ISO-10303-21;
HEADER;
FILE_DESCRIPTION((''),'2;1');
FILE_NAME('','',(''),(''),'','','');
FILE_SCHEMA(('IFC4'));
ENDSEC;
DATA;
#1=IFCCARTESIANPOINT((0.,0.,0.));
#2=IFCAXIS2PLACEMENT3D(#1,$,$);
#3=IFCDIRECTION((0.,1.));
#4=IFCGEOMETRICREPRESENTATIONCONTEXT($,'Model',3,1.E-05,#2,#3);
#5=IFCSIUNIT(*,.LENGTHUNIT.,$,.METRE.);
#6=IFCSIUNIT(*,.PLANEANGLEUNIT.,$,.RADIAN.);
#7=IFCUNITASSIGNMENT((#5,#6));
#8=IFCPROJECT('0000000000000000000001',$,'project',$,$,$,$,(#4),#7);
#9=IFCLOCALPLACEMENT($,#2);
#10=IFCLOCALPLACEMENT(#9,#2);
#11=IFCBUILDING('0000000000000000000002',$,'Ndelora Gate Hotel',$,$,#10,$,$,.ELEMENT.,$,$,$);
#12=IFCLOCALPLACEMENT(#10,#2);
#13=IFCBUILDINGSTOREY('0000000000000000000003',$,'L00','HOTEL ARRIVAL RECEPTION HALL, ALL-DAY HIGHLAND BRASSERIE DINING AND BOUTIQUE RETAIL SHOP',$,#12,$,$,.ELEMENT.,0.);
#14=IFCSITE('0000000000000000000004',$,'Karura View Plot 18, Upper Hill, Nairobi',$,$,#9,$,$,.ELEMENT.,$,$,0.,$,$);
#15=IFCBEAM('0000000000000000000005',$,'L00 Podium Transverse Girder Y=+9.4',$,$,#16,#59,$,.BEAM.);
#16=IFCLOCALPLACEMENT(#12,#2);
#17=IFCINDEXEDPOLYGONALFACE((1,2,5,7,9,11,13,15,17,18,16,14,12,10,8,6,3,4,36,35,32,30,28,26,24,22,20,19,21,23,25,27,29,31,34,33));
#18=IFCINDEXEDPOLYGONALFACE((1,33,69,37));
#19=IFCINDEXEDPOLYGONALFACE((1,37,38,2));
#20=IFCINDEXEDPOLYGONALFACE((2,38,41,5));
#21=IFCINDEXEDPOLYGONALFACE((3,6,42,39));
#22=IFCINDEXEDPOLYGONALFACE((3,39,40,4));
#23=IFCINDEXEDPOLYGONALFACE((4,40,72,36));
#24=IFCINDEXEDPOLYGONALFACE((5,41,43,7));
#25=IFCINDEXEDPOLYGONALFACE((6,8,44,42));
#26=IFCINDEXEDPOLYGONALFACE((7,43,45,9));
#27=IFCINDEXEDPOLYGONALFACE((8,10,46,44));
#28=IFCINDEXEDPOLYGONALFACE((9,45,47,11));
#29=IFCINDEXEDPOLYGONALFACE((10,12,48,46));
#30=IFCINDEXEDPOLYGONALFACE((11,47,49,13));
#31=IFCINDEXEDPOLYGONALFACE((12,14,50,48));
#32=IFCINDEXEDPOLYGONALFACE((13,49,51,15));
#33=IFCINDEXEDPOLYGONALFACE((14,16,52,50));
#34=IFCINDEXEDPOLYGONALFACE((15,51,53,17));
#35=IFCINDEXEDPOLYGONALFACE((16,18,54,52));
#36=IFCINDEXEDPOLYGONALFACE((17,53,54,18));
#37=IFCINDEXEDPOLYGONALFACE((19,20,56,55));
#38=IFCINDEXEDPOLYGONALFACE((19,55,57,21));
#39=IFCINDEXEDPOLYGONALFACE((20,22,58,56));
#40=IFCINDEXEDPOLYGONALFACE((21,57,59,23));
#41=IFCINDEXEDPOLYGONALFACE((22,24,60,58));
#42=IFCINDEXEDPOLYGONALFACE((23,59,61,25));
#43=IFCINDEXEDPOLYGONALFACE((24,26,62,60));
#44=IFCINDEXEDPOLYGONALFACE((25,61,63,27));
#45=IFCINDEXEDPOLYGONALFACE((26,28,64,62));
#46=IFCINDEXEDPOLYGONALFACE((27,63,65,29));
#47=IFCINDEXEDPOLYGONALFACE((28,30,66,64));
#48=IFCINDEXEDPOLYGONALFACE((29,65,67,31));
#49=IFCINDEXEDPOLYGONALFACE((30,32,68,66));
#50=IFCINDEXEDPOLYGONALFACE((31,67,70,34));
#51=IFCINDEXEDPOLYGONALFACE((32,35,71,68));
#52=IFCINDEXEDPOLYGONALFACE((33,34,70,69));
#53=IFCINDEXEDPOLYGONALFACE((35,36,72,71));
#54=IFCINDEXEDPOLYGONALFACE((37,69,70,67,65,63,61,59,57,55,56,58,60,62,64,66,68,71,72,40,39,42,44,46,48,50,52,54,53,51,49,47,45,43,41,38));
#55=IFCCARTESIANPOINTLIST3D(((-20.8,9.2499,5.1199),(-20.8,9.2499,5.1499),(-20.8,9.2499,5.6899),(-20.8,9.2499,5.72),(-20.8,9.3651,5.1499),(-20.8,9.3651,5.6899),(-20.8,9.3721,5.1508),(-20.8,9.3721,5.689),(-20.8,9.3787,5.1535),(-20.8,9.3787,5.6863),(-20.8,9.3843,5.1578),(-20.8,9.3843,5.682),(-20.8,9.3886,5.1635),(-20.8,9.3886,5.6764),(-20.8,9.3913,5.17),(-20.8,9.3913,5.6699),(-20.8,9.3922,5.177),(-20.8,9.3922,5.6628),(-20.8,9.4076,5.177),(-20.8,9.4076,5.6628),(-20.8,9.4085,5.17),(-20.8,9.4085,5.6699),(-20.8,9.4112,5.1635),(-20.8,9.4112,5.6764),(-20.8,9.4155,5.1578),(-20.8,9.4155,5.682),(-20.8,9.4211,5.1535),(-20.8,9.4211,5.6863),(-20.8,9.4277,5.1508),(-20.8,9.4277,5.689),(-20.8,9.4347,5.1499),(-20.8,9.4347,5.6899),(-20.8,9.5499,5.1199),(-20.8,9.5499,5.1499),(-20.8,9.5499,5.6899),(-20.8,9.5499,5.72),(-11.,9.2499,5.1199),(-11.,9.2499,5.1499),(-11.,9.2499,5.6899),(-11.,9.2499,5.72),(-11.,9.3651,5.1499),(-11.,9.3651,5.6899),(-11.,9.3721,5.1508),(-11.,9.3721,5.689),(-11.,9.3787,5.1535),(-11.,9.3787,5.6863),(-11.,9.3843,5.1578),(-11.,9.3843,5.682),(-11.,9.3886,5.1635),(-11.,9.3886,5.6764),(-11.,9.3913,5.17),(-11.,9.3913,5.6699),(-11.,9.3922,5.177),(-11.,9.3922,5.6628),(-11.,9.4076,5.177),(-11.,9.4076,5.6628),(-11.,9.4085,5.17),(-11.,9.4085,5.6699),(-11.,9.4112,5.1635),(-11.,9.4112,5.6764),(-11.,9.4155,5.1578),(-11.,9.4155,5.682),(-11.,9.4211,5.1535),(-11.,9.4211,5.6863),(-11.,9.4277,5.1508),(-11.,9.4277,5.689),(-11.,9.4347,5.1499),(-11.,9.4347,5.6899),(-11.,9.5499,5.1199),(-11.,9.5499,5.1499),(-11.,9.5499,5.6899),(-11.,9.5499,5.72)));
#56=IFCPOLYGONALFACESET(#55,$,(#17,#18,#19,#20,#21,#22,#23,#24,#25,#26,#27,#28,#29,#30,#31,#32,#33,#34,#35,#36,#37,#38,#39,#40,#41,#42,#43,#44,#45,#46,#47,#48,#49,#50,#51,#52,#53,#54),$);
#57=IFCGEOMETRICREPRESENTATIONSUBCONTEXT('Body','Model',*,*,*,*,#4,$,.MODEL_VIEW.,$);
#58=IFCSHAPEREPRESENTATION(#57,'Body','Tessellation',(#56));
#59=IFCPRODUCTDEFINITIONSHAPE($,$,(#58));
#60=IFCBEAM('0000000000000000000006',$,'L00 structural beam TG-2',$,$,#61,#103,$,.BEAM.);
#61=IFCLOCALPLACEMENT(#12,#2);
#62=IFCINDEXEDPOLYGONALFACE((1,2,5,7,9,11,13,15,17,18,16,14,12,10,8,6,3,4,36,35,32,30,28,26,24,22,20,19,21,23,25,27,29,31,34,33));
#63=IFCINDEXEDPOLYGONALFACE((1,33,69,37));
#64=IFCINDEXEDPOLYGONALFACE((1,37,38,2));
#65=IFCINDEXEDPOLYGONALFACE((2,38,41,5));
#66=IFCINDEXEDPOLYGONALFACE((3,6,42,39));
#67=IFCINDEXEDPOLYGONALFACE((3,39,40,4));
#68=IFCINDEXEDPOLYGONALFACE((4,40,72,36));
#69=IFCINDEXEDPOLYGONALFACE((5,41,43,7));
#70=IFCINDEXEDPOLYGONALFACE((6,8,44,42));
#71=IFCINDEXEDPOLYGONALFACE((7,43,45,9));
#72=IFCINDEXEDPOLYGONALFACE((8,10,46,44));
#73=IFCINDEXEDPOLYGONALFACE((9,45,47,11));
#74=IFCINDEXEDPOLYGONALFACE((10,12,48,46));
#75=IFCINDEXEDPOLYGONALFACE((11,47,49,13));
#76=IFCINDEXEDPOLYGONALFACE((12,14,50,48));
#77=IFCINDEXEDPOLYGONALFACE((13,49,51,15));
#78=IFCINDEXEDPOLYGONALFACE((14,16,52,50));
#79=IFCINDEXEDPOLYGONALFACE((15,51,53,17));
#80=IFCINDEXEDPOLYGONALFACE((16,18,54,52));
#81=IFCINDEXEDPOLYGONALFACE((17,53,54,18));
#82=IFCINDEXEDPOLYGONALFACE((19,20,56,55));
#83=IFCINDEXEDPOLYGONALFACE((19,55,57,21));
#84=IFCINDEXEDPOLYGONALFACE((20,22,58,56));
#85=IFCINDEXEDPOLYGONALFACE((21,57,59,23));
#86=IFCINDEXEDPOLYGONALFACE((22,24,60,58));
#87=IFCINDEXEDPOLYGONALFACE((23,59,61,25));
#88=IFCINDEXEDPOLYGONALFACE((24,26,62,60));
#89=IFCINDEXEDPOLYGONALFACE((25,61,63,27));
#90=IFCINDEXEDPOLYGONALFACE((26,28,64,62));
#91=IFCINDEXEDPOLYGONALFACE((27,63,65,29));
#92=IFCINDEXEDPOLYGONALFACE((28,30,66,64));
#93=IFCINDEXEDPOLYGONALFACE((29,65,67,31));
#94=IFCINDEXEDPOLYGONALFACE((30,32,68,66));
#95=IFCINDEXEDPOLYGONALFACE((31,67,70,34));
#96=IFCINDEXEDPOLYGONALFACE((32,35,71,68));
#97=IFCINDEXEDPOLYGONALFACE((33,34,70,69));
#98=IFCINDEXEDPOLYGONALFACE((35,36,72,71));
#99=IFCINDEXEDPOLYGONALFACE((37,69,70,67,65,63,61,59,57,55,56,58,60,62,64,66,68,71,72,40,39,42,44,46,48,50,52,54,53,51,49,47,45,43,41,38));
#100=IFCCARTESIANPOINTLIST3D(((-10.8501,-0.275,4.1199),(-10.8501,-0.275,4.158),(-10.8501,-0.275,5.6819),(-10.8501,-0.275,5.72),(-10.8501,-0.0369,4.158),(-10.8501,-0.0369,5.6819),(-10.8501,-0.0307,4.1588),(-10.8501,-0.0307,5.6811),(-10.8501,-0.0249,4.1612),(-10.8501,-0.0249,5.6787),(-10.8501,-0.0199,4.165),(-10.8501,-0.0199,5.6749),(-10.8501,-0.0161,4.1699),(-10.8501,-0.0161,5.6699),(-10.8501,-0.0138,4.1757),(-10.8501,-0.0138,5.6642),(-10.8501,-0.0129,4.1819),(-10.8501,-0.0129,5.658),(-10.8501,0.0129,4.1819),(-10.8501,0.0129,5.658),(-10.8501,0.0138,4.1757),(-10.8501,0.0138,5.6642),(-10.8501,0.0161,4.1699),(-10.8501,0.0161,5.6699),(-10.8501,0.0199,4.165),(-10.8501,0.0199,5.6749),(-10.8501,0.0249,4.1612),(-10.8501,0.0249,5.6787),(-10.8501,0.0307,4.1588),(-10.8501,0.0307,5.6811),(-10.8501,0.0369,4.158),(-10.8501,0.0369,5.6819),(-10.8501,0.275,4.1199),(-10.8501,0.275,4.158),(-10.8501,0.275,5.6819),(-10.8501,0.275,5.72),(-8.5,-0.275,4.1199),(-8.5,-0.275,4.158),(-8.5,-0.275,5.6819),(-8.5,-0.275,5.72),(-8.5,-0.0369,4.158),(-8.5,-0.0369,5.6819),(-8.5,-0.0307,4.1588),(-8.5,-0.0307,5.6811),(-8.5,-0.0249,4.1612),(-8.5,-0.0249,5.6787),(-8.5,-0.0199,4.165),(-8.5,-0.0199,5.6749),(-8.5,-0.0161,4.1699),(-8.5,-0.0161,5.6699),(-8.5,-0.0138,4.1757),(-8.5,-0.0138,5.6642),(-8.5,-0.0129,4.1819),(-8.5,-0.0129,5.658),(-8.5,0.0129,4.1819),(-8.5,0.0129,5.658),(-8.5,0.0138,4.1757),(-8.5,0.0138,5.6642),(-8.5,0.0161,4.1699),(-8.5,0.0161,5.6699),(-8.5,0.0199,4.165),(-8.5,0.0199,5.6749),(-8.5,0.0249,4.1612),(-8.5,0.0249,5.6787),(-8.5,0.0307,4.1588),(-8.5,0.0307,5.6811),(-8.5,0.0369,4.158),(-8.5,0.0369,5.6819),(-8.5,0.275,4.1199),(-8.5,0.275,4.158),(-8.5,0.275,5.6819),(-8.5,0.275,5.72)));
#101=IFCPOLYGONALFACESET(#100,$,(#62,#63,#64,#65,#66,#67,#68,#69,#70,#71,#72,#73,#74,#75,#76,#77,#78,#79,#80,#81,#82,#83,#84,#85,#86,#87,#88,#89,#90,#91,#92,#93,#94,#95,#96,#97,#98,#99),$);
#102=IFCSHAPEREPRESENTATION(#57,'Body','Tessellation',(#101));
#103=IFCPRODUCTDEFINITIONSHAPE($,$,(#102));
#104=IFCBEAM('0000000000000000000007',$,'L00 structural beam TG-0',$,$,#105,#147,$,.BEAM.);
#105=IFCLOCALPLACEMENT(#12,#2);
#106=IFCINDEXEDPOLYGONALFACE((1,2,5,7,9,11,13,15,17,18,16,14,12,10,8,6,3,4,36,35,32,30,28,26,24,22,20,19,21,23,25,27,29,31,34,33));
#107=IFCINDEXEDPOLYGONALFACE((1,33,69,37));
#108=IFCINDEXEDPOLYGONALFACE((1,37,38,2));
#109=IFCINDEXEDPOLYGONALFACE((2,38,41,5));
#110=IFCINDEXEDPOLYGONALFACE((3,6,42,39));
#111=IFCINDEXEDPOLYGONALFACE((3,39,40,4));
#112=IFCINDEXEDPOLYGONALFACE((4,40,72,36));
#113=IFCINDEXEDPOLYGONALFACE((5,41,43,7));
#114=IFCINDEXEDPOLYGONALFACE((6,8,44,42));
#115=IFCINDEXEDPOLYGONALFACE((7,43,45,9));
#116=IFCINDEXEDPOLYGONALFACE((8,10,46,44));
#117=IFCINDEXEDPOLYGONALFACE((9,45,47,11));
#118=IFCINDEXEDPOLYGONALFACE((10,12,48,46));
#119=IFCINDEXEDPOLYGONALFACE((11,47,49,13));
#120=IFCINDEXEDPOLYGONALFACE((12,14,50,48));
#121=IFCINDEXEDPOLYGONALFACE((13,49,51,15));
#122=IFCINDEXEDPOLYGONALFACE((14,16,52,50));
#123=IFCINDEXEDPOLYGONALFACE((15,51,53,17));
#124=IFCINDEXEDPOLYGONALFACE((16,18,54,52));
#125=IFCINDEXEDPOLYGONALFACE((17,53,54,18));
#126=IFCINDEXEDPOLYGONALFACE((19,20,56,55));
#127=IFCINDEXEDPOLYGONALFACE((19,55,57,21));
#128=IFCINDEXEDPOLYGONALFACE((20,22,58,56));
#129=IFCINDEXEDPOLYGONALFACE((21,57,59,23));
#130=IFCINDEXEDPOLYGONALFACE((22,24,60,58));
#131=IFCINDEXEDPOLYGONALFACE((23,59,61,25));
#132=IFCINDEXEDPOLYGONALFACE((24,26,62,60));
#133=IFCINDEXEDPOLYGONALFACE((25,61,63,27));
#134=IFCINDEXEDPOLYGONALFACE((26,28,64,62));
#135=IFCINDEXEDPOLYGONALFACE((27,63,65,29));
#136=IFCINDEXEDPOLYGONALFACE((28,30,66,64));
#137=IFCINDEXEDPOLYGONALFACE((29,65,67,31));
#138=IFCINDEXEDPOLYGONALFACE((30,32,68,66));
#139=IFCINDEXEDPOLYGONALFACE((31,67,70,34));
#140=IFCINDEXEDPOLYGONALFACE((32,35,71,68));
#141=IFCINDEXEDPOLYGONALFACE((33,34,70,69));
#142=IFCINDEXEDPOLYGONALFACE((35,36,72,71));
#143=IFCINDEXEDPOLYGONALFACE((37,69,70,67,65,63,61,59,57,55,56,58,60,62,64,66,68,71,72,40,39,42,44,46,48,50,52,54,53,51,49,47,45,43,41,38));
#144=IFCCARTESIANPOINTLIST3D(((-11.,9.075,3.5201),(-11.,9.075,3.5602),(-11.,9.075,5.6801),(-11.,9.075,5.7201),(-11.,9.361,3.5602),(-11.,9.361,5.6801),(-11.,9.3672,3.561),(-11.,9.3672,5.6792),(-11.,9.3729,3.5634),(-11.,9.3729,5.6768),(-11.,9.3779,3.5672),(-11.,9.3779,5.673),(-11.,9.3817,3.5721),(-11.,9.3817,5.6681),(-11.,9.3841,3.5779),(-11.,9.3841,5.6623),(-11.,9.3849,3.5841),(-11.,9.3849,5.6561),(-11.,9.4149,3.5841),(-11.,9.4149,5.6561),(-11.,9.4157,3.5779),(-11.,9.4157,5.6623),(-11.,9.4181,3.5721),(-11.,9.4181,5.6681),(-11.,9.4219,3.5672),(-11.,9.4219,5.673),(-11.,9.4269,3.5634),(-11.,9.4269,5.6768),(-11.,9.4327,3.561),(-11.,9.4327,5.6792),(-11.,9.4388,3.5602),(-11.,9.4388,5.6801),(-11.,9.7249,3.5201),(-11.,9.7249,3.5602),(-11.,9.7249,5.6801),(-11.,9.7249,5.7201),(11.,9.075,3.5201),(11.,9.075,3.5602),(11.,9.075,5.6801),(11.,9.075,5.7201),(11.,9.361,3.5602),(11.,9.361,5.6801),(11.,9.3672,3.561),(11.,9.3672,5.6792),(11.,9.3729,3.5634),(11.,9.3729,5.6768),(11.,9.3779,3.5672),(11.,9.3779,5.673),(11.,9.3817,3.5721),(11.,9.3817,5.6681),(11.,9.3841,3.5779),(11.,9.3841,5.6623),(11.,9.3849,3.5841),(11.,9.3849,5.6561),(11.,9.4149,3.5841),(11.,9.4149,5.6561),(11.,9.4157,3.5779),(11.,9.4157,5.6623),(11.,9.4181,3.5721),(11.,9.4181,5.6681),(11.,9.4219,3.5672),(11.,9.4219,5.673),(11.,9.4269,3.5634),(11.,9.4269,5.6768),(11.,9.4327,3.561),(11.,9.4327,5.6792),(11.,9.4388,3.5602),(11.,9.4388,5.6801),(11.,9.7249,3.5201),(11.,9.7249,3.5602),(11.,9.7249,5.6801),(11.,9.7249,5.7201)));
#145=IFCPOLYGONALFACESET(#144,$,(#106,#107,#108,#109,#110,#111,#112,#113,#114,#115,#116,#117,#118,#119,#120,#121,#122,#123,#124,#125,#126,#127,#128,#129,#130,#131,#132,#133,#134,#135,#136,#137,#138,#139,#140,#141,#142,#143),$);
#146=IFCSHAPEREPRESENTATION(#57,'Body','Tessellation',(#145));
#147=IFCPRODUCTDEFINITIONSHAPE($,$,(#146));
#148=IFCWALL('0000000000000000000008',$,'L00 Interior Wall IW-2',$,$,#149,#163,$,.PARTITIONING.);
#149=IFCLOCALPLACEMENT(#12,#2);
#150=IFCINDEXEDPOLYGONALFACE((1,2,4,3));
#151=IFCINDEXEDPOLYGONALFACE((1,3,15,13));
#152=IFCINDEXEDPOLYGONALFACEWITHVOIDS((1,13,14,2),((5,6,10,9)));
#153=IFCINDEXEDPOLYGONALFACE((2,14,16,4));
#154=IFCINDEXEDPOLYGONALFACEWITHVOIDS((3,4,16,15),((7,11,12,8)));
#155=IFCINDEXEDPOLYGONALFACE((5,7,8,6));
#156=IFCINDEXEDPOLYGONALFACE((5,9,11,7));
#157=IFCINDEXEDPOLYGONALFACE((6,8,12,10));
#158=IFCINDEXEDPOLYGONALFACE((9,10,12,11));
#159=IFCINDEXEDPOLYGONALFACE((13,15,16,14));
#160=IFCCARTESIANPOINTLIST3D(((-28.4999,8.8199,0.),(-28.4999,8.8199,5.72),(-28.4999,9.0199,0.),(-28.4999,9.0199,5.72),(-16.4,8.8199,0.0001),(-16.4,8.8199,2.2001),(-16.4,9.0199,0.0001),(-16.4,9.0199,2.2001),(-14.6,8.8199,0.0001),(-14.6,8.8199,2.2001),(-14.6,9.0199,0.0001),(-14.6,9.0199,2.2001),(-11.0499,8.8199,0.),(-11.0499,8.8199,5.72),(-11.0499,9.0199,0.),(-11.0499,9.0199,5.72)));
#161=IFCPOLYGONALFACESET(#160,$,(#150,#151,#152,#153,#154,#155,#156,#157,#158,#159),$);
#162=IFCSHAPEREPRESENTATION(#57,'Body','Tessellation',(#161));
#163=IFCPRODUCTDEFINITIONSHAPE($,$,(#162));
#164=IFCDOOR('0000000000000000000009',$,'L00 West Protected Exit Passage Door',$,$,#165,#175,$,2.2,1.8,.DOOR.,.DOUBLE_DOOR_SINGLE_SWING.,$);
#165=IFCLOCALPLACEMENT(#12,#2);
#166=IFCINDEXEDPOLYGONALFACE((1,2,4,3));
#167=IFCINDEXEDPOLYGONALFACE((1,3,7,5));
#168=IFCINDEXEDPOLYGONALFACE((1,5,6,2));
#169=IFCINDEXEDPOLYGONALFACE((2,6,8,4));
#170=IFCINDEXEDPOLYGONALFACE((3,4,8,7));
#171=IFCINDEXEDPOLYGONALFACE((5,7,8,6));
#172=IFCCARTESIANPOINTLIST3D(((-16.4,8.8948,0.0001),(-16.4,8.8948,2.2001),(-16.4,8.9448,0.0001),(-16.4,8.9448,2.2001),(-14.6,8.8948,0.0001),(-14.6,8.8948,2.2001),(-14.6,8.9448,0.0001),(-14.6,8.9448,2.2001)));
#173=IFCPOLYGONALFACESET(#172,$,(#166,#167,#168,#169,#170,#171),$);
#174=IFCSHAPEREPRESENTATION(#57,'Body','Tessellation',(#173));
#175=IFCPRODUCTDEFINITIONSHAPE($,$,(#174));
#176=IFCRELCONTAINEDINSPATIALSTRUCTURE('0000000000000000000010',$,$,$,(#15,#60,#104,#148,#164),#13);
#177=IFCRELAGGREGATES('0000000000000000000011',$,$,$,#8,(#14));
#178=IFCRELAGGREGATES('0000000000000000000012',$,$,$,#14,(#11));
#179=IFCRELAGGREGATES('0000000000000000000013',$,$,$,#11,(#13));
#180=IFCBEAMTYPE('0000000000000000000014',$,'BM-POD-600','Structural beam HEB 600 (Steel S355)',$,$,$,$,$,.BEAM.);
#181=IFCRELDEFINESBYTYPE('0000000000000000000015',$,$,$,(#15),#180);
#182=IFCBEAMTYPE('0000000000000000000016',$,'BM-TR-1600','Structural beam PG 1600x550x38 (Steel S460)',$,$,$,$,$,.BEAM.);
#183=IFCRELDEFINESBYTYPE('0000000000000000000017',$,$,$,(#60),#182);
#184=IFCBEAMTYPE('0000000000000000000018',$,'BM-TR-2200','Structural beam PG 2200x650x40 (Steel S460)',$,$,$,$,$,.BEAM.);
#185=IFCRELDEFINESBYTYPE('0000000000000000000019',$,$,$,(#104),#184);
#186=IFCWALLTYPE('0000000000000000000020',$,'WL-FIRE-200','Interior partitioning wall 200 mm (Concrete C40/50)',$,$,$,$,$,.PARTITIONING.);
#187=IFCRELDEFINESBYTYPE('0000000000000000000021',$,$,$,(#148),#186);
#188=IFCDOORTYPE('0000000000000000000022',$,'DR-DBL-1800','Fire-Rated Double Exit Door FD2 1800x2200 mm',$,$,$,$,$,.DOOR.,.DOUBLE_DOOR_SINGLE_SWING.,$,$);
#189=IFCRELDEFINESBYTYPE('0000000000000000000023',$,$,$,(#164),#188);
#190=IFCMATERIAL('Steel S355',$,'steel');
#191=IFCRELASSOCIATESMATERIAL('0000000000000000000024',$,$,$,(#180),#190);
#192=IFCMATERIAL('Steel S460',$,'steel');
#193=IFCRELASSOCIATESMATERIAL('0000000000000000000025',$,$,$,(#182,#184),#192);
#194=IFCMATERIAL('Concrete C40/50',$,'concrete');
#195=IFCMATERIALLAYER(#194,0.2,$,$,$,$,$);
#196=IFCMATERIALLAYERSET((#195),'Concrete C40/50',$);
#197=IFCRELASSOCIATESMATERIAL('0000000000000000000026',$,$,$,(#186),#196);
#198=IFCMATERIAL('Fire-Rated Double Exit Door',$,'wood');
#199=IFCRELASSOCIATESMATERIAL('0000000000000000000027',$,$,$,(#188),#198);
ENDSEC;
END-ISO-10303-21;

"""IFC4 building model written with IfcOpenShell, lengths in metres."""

from ifc_helpers import new_model, si_unit, direction, frame, frame_2d, origin, origin_2d, place, context, subcontext, project, spatial, rectangle, i_section, extrude, material, layer, layer_set, material_profile, profile_set, type_object, element, fill, save


model = new_model("IFC4")

# Units and contexts
model_context = context("Model", 3, precision=1e-05, world=origin(), true_north=direction((0.0, 1.0)))
body_context = subcontext(model_context, "Body", "Model", "MODEL_VIEW")
ifc_project = project(units=[si_unit("LENGTHUNIT", "METRE"), si_unit("PLANEANGLEUNIT", "RADIAN")], contexts=[model_context])

# Site, building, storey
site_placement = place(None, origin())
site = spatial("IfcSite", under=ifc_project, at=site_placement, Name="Karura View Plot 18, Upper Hill, Nairobi", CompositionType="ELEMENT", RefElevation=0.0)
building_placement = place(site_placement, origin())
building = spatial("IfcBuilding", under=site, at=building_placement, Name="Ndelora Gate Hotel", CompositionType="ELEMENT")
storey_placement = place(building_placement, origin())
storey = spatial("IfcBuildingStorey", under=building, at=storey_placement, Name="L00", Description="HOTEL ARRIVAL RECEPTION HALL, ALL-DAY HIGHLAND BRASSERIE DINING AND BOUTIQUE RETAIL SHOP", CompositionType="ELEMENT", Elevation=0.0)

# Beams
ifc_material_1 = material(Name="Steel S355", Category="steel")
ifc_material_profile_1 = material_profile(ifc_material_1, i_section(OverallWidth=0.3, OverallDepth=0.6001, WebThickness=0.0154, FlangeThickness=0.03, FilletRadius=0.0271, at=origin_2d()), Name="HEB 600")
ifc_profile_set_1 = profile_set([ifc_material_profile_1], Name="Steel S355")
beam_type_1 = type_object("IfcBeamType", Name="BM-POD-600", Description="Structural beam HEB 600 (Steel S355)", PredefinedType="BEAM", material=ifc_profile_set_1)
for number, where, z_axis, x_axis, name in (
    (1, (-20.8, 9.3999, 5.4199), (1.0, 0.0, 0.0), (0.0, 1.0, 0.0), "L00 Podium Transverse Girder Y=+9.4"),
):
    element("IfcBeam", number, at=place(storey_placement, frame(where, z_axis=z_axis, x_axis=x_axis)), inside=storey, type_object=beam_type_1, Name=name, PredefinedType="BEAM", context=body_context, shape_type="SweptSolid", body=[
        extrude(i_section(OverallWidth=0.3, OverallDepth=0.6001, WebThickness=0.0154, FlangeThickness=0.03, FilletRadius=0.0271, at=origin_2d()), origin(), (0.0, 0.0, 1.0), 9.8),
    ])
ifc_material_2 = material(Name="Steel S460", Category="steel")
ifc_material_profile_2 = material_profile(ifc_material_2, i_section(OverallWidth=0.55, OverallDepth=1.6001, WebThickness=0.0259, FlangeThickness=0.0381, FilletRadius=0.0239, at=origin_2d()), Name="PG 1600x550x38")
ifc_profile_set_2 = profile_set([ifc_material_profile_2], Name="Steel S460")
beam_type_2 = type_object("IfcBeamType", Name="BM-TR-1600", Description="Structural beam PG 1600x550x38 (Steel S460)", PredefinedType="BEAM", material=ifc_profile_set_2)
beam_1_placement = place(storey_placement, frame((-10.8501, 0.0, 4.9199), z_axis=(1.0, 0.0, 0.0), x_axis=(0.0, 1.0, 0.0)))
element("IfcBeam", 2, at=beam_1_placement, inside=storey, type_object=beam_type_2, Name="L00 structural beam TG-2", PredefinedType="BEAM", context=body_context, shape_type="SweptSolid", body=[
    extrude(i_section(OverallWidth=0.55, OverallDepth=1.6001, WebThickness=0.0259, FlangeThickness=0.0381, FilletRadius=0.0239, at=origin_2d()), origin(), (0.0, 0.0, 1.0), 2.3501),
])
ifc_material_profile_3 = material_profile(ifc_material_2, i_section(OverallWidth=0.6499, OverallDepth=2.2, WebThickness=0.03, FlangeThickness=0.04, FilletRadius=0.0239, at=origin_2d()), Name="PG 2200x650x40")
ifc_profile_set_3 = profile_set([ifc_material_profile_3], Name="Steel S460")
beam_type_3 = type_object("IfcBeamType", Name="BM-TR-2200", Description="Structural beam PG 2200x650x40 (Steel S460)", PredefinedType="BEAM", material=ifc_profile_set_3)
beam_2_placement = place(storey_placement, frame((-11.0, 9.3999, 4.6201), z_axis=(1.0, 0.0, 0.0), x_axis=(0.0, 1.0, 0.0)))
element("IfcBeam", 3, at=beam_2_placement, inside=storey, type_object=beam_type_3, Name="L00 structural beam TG-0", PredefinedType="BEAM", context=body_context, shape_type="SweptSolid", body=[
    extrude(i_section(OverallWidth=0.6499, OverallDepth=2.2, WebThickness=0.03, FlangeThickness=0.04, FilletRadius=0.0239, at=origin_2d()), origin(), (0.0, 0.0, 1.0), 22.0),
])

# Wall, opening, door
ifc_material_3 = material(Name="Concrete C40/50", Category="concrete")
ifc_layer_1 = layer(ifc_material_3, 0.2)
ifc_layer_set_1 = layer_set([ifc_layer_1], Name="Concrete C40/50")
wall_type_1 = type_object("IfcWallType", Name="WL-FIRE-200", Description="Interior partitioning wall 200 mm (Concrete C40/50)", PredefinedType="PARTITIONING", material=ifc_layer_set_1)
wall_1_placement = place(storey_placement, frame((-28.5, 8.9199, 0.0), z_axis=(0.0, 0.0, 1.0), x_axis=(1.0, 0.0, 0.0)))
wall_1 = element("IfcWall", 4, at=wall_1_placement, inside=storey, type_object=wall_type_1, Name="L00 Interior Wall IW-2", PredefinedType="PARTITIONING", context=body_context, shape_type="SweptSolid", body=[
    extrude(rectangle(XDim=17.45, YDim=0.2, at=frame_2d((8.7251, 0.0))), origin(), (0.0, 0.0, 1.0), 5.72),
])
opening_1_placement = place(wall_1_placement, frame((12.1001, 0.0, 0.0)))
opening_1 = element("IfcOpeningElement", 5, at=opening_1_placement, cuts=wall_1, PredefinedType="OPENING", context=body_context, shape_type="SweptSolid", body=[
    extrude(rectangle(XDim=1.8, YDim=2.2, at=frame_2d((0.8999, 1.1001))), frame((0.0, 0.1099, 0.0), z_axis=(0.0, -1.0, 0.0), x_axis=(1.0, 0.0, 0.0)), (0.0, 0.0, 1.0), 0.22),
])
ifc_material_4 = material(Name="Fire-Rated Double Exit Door", Category="wood")
door_type_1 = type_object("IfcDoorType", Name="DR-DBL-1800", Description="Fire-Rated Double Exit Door FD2 1800x2200 mm", OperationType="DOUBLE_DOOR_SINGLE_SWING", PredefinedType="DOOR", material=ifc_material_4)
door_1_placement = place(opening_1_placement, origin())
door_1 = element("IfcDoor", 6, at=door_1_placement, inside=storey, type_object=door_type_1, Name="L00 West Protected Exit Passage Door", OperationType="DOUBLE_DOOR_SINGLE_SWING", OverallHeight=2.2, OverallWidth=1.8, PredefinedType="DOOR", context=body_context, shape_type="SweptSolid", body=[
    extrude(rectangle(XDim=1.8, YDim=2.2, at=frame_2d((0.8999, 1.1001))), frame((0.0, 0.0249, 0.0), z_axis=(0.0, -1.0, 0.0), x_axis=(1.0, 0.0, 0.0)), (0.0, 0.0, 1.0), 0.05),
])
fill(opening_1, door_1)

save(model, "model.ifc")
